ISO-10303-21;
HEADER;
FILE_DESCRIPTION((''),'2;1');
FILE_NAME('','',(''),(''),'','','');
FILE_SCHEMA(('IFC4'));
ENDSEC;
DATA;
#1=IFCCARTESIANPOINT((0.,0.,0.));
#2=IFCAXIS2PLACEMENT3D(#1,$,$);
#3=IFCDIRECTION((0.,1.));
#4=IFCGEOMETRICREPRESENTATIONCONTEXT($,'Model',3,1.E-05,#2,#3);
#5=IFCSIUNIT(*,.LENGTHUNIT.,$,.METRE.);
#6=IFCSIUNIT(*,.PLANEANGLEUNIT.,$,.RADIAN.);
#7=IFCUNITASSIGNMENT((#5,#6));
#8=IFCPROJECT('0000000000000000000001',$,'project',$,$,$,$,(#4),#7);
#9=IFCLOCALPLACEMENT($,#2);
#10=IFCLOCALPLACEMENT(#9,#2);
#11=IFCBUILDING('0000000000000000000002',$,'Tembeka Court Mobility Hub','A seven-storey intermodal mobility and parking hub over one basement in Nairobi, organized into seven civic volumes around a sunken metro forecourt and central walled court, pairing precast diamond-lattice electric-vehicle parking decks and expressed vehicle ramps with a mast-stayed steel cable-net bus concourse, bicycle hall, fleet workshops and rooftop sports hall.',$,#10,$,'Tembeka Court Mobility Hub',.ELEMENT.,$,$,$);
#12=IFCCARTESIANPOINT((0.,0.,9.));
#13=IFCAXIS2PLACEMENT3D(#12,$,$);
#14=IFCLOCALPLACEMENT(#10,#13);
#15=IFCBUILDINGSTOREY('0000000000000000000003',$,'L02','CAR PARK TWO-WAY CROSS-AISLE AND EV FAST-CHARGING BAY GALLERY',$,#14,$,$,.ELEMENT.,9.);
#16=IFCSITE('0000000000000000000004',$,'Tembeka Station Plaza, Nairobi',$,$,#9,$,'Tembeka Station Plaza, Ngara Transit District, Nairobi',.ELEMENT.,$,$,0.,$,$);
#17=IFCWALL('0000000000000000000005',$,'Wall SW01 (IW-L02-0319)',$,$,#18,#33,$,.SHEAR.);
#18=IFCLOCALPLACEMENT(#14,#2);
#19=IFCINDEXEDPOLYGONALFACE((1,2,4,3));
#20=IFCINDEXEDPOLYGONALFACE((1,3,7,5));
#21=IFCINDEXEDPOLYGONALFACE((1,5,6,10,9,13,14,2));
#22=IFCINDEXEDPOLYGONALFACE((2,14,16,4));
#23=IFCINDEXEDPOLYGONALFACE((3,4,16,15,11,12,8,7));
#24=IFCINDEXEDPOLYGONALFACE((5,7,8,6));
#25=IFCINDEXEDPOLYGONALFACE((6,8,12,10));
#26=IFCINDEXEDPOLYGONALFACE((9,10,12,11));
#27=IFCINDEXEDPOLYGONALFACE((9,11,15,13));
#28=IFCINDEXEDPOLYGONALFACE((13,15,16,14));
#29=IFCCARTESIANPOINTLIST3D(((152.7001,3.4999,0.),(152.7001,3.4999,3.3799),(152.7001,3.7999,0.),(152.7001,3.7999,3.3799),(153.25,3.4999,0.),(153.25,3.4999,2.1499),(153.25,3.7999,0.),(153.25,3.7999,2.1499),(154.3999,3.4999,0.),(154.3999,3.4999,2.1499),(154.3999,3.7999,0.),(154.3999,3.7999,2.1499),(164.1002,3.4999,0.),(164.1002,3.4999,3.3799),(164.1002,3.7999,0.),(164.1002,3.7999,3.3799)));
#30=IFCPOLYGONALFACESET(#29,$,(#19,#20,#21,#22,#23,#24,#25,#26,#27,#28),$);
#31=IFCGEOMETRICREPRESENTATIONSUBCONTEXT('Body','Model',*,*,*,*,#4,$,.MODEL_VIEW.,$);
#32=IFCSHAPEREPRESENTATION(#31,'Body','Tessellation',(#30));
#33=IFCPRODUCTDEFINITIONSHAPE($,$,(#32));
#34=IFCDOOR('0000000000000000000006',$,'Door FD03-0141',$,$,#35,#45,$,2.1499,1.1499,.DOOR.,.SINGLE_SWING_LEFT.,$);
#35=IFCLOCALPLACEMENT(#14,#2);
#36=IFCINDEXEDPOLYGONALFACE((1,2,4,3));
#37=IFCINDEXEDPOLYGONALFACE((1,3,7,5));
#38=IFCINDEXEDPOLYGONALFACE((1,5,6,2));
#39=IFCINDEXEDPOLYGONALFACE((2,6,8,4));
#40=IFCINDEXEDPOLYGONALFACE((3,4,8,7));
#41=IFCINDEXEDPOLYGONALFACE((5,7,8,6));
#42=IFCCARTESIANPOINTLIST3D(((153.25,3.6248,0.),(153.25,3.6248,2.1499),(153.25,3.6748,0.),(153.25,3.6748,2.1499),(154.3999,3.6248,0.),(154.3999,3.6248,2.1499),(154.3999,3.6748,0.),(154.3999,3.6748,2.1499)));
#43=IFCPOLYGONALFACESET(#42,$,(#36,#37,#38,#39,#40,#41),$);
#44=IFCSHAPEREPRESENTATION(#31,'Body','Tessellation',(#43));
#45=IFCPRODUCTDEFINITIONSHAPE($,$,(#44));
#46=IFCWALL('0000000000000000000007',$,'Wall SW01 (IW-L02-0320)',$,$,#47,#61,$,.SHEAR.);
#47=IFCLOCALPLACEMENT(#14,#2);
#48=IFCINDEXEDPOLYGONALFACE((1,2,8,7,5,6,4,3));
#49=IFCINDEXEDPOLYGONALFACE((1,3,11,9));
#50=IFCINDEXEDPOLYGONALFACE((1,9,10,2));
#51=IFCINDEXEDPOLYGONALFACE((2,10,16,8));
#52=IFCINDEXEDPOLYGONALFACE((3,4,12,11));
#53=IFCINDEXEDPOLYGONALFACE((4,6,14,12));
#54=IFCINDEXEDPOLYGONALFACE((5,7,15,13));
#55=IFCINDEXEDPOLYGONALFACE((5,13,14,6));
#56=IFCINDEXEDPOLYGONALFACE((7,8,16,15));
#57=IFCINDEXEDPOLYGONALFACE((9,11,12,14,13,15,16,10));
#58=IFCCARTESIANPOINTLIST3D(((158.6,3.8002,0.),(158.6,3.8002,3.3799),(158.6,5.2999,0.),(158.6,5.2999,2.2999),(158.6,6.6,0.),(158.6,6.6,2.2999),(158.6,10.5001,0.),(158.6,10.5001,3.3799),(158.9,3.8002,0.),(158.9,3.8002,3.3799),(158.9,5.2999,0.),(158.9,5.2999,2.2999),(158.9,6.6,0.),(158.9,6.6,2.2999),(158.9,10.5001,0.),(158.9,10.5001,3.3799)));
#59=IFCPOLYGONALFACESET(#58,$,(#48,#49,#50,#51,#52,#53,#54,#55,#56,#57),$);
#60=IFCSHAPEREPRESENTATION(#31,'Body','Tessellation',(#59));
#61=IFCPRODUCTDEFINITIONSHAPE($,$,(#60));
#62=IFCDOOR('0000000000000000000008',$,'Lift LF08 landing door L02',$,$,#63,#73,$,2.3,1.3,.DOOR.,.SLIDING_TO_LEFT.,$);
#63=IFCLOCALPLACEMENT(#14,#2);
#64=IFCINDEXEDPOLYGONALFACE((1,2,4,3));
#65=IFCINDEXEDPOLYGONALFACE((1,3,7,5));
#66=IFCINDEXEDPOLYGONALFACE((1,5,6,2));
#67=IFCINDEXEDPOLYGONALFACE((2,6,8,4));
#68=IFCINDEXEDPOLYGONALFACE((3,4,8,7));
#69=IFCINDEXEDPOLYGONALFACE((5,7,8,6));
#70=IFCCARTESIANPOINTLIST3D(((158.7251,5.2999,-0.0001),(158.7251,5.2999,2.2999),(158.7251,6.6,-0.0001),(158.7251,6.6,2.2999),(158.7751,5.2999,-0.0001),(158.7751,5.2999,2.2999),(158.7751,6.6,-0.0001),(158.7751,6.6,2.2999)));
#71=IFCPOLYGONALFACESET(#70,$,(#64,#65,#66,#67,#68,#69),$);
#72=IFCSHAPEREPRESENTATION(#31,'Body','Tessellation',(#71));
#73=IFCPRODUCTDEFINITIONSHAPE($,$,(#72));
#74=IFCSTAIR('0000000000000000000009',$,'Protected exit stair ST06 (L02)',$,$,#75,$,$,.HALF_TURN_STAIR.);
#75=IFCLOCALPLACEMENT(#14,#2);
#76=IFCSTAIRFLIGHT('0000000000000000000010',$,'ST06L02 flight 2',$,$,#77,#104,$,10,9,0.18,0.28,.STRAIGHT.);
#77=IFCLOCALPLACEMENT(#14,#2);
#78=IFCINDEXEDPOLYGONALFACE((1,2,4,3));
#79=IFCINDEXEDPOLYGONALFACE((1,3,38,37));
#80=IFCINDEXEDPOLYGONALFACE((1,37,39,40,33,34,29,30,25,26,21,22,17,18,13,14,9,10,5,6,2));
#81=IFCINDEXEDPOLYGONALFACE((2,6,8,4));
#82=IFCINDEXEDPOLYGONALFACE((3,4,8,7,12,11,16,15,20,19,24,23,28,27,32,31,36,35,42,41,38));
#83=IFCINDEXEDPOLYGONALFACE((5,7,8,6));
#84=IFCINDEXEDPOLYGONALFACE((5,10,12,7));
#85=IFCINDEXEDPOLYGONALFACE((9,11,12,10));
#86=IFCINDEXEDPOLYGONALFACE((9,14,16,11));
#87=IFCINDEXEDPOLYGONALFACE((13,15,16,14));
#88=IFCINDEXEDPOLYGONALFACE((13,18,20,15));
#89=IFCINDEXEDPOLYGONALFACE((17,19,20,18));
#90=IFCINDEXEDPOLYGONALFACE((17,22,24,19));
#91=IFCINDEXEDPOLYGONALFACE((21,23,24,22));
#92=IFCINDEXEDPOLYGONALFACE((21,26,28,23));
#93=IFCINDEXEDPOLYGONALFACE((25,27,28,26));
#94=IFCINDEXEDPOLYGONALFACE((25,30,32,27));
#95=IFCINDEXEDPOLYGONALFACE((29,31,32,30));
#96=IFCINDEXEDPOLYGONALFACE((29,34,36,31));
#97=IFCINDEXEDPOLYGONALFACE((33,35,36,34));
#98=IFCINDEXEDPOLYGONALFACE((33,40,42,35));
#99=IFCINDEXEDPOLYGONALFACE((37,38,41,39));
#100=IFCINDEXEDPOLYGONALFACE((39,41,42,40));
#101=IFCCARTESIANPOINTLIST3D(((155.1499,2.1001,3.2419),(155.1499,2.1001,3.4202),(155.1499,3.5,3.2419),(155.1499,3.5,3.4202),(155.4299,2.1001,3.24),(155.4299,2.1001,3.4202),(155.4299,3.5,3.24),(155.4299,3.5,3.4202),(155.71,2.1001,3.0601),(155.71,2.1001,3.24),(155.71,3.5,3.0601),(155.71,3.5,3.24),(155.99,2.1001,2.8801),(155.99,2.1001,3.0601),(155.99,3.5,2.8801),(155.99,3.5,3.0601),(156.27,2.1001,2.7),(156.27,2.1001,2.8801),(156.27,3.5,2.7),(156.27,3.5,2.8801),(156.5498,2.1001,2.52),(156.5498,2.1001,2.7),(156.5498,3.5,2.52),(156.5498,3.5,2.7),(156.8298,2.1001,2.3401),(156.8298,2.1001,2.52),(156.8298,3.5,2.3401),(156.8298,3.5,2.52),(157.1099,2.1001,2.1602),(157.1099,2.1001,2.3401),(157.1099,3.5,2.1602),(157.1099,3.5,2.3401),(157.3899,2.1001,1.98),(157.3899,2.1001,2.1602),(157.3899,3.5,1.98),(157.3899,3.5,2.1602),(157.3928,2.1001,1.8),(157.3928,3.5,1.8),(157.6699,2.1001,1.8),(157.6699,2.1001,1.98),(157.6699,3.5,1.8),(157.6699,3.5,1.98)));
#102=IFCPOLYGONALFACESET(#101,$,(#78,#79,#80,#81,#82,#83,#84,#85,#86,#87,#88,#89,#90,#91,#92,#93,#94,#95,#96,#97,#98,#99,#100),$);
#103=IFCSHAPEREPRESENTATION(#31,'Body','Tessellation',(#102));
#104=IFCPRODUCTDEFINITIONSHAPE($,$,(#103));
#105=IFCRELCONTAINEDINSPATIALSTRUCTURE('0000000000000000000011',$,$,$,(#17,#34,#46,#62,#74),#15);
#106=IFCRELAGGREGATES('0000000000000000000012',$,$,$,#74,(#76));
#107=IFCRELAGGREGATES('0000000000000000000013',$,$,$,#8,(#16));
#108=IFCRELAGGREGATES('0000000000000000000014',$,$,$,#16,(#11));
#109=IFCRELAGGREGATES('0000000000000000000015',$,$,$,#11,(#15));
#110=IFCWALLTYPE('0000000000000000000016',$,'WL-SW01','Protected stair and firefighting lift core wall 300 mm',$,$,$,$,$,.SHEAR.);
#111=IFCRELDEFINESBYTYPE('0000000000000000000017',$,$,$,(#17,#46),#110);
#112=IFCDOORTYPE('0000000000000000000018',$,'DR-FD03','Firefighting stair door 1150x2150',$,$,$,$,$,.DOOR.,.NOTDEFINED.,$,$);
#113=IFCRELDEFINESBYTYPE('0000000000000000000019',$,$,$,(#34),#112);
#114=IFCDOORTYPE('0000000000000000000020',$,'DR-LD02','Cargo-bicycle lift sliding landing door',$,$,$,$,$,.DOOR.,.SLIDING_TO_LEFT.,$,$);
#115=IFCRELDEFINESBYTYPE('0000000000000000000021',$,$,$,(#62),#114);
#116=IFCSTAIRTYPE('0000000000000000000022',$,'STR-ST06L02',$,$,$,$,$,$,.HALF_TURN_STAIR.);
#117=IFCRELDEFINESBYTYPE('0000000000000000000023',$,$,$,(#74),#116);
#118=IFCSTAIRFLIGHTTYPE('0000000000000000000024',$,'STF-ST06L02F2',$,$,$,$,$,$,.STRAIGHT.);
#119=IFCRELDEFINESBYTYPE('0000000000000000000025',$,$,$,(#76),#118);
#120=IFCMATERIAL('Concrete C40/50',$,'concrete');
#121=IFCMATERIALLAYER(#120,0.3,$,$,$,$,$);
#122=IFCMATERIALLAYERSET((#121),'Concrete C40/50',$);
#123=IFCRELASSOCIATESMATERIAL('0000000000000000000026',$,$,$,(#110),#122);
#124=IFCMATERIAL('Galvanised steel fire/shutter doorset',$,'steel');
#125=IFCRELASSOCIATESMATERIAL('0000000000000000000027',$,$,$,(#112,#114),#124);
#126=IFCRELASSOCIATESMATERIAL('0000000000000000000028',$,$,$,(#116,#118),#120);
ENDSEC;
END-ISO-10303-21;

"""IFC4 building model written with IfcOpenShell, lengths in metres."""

from ifc_helpers import new_model, si_unit, direction, frame, frame_2d, origin, place, context, subcontext, project, spatial, polyline, rectangle, outline, extrude, material, layer, layer_set, type_object, element, fill, aggregate, save


model = new_model("IFC4")

# Units and contexts
model_context = context("Model", 3, precision=1e-05, world=origin(), true_north=direction((0.0, 1.0)))
body_context = subcontext(model_context, "Body", "Model", "MODEL_VIEW")
ifc_project = project(units=[si_unit("LENGTHUNIT", "METRE"), si_unit("PLANEANGLEUNIT", "RADIAN")], contexts=[model_context])

# Site, building, storey
site_placement = place(None, origin())
site = spatial("IfcSite", under=ifc_project, at=site_placement, Name="Tembeka Station Plaza, Nairobi", LongName="Tembeka Station Plaza, Ngara Transit District, Nairobi", CompositionType="ELEMENT", RefElevation=0.0)
building_placement = place(site_placement, origin())
building = spatial("IfcBuilding", under=site, at=building_placement, Name="Tembeka Court Mobility Hub", Description="A seven-storey intermodal mobility and parking hub over one basement in Nairobi, organized into seven civic volumes around a sunken metro forecourt and central walled court, pairing precast diamond-lattice electric-vehicle parking decks and expressed vehicle ramps with a mast-stayed steel cable-net bus concourse, bicycle hall, fleet workshops and rooftop sports hall.", LongName="Tembeka Court Mobility Hub", CompositionType="ELEMENT")
storey_placement = place(building_placement, frame((0.0, 0.0, 9.0)))
storey = spatial("IfcBuildingStorey", under=building, at=storey_placement, Name="L02", Description="CAR PARK TWO-WAY CROSS-AISLE AND EV FAST-CHARGING BAY GALLERY", CompositionType="ELEMENT", Elevation=9.0)

# Shared definitions
ifc_material_1 = material(Name="Concrete C40/50", Category="concrete")

# Walls, openings, doors
ifc_layer_1 = layer(ifc_material_1, 0.3)
ifc_layer_set_1 = layer_set([ifc_layer_1], Name="Concrete C40/50")
wall_type_1 = type_object("IfcWallType", Name="WL-SW01", Description="Protected stair and firefighting lift core wall 300 mm", PredefinedType="SHEAR", material=ifc_layer_set_1)
ifc_material_2 = material(Name="Galvanised steel fire/shutter doorset", Category="steel")
wall_1_placement = place(storey_placement, frame((152.7, 3.6499, 0.0), z_axis=(0.0, 0.0, 1.0), x_axis=(1.0, 0.0, 0.0)))
wall_1 = element("IfcWall", 1, at=wall_1_placement, inside=storey, type_object=wall_type_1, Name="Wall SW01 (IW-L02-0319)", PredefinedType="SHEAR", context=body_context, shape_type="SweptSolid", body=[
    extrude(rectangle(XDim=11.4001, YDim=0.3, at=frame_2d((5.7002, 0.0))), origin(), (0.0, 0.0, 1.0), 3.3799),
])
opening_1_placement = place(wall_1_placement, frame((0.55, 0.0, 0.0)))
opening_1 = element("IfcOpeningElement", 2, at=opening_1_placement, cuts=wall_1, PredefinedType="OPENING", context=body_context, shape_type="SweptSolid", body=[
    extrude(rectangle(XDim=1.1499, YDim=2.1499, at=frame_2d((0.575, 1.075))), frame((0.0, 0.1602, 0.0), z_axis=(0.0, -1.0, 0.0), x_axis=(1.0, 0.0, 0.0)), (0.0, 0.0, 1.0), 0.3201),
])
door_type_1 = type_object("IfcDoorType", Name="DR-FD03", Description="Firefighting stair door 1150x2150", OperationType="NOTDEFINED", PredefinedType="DOOR", material=ifc_material_2)
door_1_placement = place(opening_1_placement, origin())
door_1 = element("IfcDoor", 3, at=door_1_placement, inside=storey, type_object=door_type_1, Name="Door FD03-0141", OperationType="SINGLE_SWING_LEFT", OverallHeight=2.1499, OverallWidth=1.1499, PredefinedType="DOOR", context=body_context, shape_type="SweptSolid", body=[
    extrude(rectangle(XDim=1.1499, YDim=2.1499, at=frame_2d((0.575, 1.075))), frame((0.0, 0.0249, 0.0), z_axis=(0.0, -1.0, 0.0), x_axis=(1.0, 0.0, 0.0)), (0.0, 0.0, 1.0), 0.05),
])
fill(opening_1, door_1)
wall_2_placement = place(storey_placement, frame((158.75, 3.8, 0.0), z_axis=(0.0, 0.0, 1.0), x_axis=(0.0, 1.0, 0.0)))
wall_2 = element("IfcWall", 4, at=wall_2_placement, inside=storey, type_object=wall_type_1, Name="Wall SW01 (IW-L02-0320)", PredefinedType="SHEAR", context=body_context, shape_type="SweptSolid", body=[
    extrude(rectangle(XDim=6.7, YDim=0.3, at=frame_2d((3.3501, 0.0))), origin(), (0.0, 0.0, 1.0), 3.3799),
])
opening_2_placement = place(wall_2_placement, frame((1.5, 0.0, 0.0)))
opening_2 = element("IfcOpeningElement", 5, at=opening_2_placement, cuts=wall_2, PredefinedType="OPENING", context=body_context, shape_type="SweptSolid", body=[
    extrude(rectangle(XDim=1.3, YDim=2.3, at=frame_2d((0.6499, 1.1499))), frame((0.0, 0.1602, 0.0), z_axis=(0.0, -1.0, 0.0), x_axis=(1.0, 0.0, 0.0)), (0.0, 0.0, 1.0), 0.3201),
])
door_type_2 = type_object("IfcDoorType", Name="DR-LD02", Description="Cargo-bicycle lift sliding landing door", OperationType="SLIDING_TO_LEFT", PredefinedType="DOOR", material=ifc_material_2)
door_2_placement = place(opening_2_placement, origin())
door_2 = element("IfcDoor", 6, at=door_2_placement, inside=storey, type_object=door_type_2, Name="Lift LF08 landing door L02", OperationType="SLIDING_TO_LEFT", OverallHeight=2.3, OverallWidth=1.3, PredefinedType="DOOR", context=body_context, shape_type="SweptSolid", body=[
    extrude(rectangle(XDim=1.3, YDim=2.3, at=frame_2d((0.6499, 1.1499))), frame((0.0, 0.0249, 0.0), z_axis=(0.0, -1.0, 0.0), x_axis=(1.0, 0.0, 0.0)), (0.0, 0.0, 1.0), 0.05),
])
fill(opening_2, door_2)

# Stair, stair flight
stair_type = type_object("IfcStairType", Name="STR-ST06L02", PredefinedType="HALF_TURN_STAIR", material=ifc_material_1)
stair_placement = place(storey_placement, origin())
stair = element("IfcStair", 7, at=stair_placement, inside=storey, type_object=stair_type, Name="Protected exit stair ST06 (L02)", PredefinedType="HALF_TURN_STAIR")
stair_flight_type = type_object("IfcStairFlightType", Name="STF-ST06L02F2", PredefinedType="STRAIGHT", material=ifc_material_1)
stair_flight_placement = place(storey_placement, frame((157.6699, 2.8, 1.8), z_axis=(0.0, 0.0, 1.0), x_axis=(-1.0, 0.0, 0.0)))
stair_flight = element("IfcStairFlight", 8, at=stair_flight_placement, type_object=stair_flight_type, Name="ST06L02 flight 2", NumberOfRisers=10, NumberOfTreads=9, PredefinedType="STRAIGHT", RiserHeight=0.18, TreadLength=0.28, context=body_context, shape_type="SweptSolid", body=[
    extrude(outline(polyline([(0.0, 0.0), (0.0, 0.1799), (0.28, 0.1799), (0.28, 0.3601), (0.5601, 0.3601), (0.5601, 0.54), (0.8401, 0.54), (0.8401, 0.72), (1.1201, 0.72), (1.1201, 0.8999), (1.3999, 0.8999), (1.3999, 1.0801), (1.6799, 1.0801), (1.6799, 1.26), (1.96, 1.26), (1.96, 1.4399), (2.24, 1.4399), (2.24, 1.6201), (2.52, 1.6201), (2.52, 1.8), (2.52, 1.4419), (0.2771, 0.0), (0.0, 0.0)])), frame((0.0, 0.7, 0.0), z_axis=(0.0, -1.0, 0.0), x_axis=(1.0, 0.0, 0.0)), (0.0, 0.0, 1.0), 1.3999),
])
aggregate(stair, [stair_flight])

save(model, "model.ifc")
